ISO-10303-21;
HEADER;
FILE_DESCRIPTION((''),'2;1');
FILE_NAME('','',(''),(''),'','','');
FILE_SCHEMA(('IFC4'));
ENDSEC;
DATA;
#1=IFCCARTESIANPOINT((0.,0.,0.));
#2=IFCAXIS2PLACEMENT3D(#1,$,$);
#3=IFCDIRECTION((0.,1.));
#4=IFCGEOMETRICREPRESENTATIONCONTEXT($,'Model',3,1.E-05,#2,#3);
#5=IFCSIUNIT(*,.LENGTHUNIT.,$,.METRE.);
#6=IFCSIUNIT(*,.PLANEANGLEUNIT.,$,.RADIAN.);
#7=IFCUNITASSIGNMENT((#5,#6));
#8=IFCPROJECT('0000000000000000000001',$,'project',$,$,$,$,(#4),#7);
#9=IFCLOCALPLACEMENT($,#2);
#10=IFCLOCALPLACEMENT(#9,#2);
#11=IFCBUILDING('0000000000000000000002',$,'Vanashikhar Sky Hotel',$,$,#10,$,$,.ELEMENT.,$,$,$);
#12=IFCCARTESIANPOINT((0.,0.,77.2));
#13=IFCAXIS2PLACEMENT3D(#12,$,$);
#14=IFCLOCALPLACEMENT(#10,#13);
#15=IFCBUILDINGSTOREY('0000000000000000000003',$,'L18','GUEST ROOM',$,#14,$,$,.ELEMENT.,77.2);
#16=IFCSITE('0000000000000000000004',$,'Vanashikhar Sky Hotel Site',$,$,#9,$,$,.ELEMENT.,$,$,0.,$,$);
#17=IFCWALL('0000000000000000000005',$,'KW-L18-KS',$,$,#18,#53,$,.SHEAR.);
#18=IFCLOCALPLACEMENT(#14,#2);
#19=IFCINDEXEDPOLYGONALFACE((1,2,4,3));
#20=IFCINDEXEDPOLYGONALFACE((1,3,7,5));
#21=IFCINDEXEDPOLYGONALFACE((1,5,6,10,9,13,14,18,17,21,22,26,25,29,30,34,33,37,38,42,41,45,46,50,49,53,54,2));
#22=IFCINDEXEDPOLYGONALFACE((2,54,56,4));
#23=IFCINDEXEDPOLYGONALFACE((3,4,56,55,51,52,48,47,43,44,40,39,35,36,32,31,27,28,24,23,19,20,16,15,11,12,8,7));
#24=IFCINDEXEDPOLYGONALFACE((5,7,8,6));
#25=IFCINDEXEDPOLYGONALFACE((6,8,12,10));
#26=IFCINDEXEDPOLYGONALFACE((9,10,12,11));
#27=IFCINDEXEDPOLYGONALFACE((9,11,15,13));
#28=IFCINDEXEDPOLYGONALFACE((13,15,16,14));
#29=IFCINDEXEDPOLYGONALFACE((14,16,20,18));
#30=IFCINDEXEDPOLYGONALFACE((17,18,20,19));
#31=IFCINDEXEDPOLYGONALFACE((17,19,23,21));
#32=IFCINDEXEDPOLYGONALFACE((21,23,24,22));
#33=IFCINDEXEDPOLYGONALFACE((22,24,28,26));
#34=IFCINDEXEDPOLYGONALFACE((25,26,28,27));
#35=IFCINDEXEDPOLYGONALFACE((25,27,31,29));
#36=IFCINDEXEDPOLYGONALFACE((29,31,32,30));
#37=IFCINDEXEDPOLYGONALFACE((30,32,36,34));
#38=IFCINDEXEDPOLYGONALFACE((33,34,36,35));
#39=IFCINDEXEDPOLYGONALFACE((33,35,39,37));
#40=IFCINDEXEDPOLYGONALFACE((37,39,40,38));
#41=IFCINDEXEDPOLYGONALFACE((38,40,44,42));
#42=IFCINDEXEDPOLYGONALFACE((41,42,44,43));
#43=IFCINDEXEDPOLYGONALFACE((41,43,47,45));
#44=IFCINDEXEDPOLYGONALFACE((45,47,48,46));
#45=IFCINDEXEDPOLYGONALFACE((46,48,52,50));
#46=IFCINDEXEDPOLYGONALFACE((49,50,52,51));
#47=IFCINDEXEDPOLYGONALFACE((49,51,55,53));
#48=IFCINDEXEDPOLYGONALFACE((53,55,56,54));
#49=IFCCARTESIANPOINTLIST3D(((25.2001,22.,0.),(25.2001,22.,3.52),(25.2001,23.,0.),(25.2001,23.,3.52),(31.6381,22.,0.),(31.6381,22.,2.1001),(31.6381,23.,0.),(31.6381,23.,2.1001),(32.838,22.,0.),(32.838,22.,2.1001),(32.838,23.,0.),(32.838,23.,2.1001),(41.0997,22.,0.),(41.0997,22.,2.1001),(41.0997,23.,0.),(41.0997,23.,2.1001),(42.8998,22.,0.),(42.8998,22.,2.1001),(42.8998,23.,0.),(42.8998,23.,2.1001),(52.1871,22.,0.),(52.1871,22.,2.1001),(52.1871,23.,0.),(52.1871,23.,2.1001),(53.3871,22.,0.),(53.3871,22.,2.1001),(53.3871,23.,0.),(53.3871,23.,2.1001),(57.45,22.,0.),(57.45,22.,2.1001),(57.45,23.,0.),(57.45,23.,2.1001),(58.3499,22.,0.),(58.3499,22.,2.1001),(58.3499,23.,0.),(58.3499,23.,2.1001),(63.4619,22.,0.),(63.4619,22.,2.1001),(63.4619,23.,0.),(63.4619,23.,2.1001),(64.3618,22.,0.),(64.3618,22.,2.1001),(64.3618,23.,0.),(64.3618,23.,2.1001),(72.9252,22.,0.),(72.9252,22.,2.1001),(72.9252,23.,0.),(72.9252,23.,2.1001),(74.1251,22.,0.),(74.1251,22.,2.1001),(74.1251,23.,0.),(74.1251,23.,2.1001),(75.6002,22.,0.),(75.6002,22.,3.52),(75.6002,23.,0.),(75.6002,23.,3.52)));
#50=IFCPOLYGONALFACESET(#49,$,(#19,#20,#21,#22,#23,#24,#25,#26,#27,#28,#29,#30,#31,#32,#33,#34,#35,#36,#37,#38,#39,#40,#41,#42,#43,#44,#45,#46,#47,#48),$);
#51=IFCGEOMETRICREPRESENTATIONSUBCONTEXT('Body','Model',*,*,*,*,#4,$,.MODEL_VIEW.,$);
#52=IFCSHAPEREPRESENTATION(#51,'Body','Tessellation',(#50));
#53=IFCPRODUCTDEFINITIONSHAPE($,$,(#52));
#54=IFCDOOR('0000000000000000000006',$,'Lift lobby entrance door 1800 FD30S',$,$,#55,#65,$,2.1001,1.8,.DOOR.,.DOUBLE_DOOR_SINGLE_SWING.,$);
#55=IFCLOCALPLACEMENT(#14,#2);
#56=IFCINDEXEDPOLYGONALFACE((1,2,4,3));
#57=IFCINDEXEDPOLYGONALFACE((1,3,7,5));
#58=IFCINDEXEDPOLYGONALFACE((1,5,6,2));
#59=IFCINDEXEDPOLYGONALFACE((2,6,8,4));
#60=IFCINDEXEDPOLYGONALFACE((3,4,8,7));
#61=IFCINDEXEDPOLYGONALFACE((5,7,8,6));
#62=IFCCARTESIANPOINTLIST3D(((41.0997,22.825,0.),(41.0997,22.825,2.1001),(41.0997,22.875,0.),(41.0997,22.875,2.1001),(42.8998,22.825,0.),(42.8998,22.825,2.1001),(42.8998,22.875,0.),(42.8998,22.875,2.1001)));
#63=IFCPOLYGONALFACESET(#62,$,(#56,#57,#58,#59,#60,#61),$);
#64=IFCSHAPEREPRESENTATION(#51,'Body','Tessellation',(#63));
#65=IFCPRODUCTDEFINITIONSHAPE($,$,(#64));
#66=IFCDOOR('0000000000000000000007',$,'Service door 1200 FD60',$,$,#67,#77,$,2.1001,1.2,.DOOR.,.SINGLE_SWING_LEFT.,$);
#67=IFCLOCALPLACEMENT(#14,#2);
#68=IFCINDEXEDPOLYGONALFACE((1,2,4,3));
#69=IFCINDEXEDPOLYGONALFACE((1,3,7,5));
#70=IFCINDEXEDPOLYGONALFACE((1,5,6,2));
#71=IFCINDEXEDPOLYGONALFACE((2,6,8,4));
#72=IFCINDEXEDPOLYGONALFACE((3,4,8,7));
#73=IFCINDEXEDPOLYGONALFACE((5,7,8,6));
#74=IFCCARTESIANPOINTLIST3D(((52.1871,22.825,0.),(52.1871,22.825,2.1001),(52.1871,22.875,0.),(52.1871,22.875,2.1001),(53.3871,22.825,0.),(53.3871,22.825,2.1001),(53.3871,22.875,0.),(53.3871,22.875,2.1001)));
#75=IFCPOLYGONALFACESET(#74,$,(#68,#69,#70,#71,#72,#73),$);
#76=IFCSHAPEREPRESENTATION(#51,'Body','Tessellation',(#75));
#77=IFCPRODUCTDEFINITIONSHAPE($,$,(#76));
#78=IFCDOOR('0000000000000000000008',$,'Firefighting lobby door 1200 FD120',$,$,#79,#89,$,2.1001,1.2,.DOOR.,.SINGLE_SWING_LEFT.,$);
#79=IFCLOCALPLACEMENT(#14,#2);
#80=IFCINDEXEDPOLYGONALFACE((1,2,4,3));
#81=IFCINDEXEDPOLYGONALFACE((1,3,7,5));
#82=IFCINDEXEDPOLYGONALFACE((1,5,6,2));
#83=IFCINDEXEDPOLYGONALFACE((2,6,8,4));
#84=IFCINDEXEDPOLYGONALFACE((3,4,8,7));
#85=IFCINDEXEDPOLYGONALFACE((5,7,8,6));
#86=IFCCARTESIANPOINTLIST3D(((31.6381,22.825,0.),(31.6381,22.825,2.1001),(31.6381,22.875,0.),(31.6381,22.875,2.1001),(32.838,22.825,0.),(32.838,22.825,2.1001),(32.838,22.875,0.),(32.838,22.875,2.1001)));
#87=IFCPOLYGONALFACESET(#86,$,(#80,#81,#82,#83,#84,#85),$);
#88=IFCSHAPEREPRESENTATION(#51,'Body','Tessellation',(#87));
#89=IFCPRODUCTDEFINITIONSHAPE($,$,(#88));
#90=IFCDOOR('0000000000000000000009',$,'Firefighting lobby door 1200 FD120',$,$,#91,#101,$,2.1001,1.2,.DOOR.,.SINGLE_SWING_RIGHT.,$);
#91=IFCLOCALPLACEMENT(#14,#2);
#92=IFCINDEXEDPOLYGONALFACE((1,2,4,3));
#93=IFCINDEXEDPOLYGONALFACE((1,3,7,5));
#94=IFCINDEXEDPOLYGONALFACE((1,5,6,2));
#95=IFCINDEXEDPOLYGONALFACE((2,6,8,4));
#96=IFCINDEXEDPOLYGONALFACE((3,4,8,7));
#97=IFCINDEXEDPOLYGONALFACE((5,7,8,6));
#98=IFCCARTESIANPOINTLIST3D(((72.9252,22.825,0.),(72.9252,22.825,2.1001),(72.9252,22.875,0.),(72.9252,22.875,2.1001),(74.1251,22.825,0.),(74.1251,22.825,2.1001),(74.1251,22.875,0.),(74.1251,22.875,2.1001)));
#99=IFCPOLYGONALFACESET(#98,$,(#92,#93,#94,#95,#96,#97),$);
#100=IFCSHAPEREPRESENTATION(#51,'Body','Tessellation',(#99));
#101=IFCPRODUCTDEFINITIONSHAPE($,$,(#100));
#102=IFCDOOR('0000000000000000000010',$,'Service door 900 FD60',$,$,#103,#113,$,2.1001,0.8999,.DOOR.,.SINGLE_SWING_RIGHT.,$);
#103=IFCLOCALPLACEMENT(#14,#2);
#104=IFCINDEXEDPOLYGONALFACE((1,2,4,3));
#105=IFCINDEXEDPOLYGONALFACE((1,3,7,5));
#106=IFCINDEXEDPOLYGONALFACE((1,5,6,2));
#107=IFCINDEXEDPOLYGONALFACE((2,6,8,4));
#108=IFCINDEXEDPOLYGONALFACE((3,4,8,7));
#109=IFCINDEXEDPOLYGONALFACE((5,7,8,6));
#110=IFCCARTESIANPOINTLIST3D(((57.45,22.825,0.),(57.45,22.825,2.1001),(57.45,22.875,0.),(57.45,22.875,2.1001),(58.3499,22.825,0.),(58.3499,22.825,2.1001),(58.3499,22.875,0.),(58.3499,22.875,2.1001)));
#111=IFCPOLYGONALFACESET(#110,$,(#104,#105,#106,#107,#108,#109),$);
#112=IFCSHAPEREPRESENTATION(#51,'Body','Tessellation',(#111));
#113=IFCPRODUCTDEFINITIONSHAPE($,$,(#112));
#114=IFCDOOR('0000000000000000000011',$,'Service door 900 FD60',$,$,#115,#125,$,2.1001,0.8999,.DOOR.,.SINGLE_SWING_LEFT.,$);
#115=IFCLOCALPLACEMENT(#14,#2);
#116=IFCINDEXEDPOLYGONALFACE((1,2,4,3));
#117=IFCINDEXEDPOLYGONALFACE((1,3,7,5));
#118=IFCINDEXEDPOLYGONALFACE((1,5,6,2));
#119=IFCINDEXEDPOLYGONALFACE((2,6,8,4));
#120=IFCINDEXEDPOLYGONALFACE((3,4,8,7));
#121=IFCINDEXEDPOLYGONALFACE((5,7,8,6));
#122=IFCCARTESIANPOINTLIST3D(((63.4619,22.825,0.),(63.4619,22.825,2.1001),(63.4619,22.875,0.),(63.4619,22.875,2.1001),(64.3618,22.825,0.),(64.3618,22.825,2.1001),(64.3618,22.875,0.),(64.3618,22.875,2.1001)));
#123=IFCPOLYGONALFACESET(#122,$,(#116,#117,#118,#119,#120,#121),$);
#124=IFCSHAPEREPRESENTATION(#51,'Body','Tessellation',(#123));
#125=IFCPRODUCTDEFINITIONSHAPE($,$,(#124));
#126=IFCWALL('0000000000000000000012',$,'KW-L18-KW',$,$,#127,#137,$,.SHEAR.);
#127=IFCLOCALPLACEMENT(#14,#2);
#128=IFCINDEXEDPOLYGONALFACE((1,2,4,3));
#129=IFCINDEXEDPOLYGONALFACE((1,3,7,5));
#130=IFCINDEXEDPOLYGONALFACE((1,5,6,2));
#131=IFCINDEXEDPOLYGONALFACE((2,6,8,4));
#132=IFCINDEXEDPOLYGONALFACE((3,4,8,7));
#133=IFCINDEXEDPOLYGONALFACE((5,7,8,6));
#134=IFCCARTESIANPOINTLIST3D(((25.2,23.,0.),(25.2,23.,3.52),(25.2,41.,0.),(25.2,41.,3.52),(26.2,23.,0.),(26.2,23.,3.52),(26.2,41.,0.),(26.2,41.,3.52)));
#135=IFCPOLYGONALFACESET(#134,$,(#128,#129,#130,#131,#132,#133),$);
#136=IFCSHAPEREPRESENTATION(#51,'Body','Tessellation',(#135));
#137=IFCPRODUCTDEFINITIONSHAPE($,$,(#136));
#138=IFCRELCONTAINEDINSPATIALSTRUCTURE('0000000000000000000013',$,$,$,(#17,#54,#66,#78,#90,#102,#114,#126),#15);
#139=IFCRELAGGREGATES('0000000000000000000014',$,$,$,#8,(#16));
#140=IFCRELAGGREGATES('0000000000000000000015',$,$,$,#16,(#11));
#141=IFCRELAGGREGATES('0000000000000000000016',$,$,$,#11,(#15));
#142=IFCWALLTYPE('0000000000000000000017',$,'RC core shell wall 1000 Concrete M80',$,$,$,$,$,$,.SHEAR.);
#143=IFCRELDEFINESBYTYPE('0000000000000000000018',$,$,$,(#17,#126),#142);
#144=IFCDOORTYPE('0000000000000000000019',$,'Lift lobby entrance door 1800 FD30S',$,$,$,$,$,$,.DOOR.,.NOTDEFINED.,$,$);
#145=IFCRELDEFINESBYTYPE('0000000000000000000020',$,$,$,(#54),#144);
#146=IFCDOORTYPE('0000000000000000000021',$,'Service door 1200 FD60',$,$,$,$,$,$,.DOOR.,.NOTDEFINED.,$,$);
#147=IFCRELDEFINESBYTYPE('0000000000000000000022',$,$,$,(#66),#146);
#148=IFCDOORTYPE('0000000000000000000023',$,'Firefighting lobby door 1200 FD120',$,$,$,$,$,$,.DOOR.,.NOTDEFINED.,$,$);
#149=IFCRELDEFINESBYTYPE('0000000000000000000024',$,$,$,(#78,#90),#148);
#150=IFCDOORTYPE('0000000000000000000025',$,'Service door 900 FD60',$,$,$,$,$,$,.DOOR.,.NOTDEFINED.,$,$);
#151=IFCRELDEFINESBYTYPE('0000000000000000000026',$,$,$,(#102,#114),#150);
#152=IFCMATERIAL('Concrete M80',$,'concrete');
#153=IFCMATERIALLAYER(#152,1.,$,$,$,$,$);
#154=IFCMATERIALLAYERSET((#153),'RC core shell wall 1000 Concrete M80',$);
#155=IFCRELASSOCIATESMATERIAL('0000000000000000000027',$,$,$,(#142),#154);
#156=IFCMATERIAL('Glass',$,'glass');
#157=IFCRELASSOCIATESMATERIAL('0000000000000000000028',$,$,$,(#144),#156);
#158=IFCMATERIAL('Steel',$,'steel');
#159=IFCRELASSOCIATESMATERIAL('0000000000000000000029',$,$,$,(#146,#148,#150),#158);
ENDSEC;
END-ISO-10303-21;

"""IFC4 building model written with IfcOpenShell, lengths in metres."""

from ifc_helpers import new_model, si_unit, direction, frame, frame_2d, origin, place, context, subcontext, project, spatial, rectangle, extrude, source, transform, mapped, material, layer, layer_set, type_object, element, fill, save


model = new_model("IFC4")

# Units and contexts
model_context = context("Model", 3, precision=1e-05, world=origin(), true_north=direction((0.0, 1.0)))
body_context = subcontext(model_context, "Body", "Model", "MODEL_VIEW")
ifc_project = project(units=[si_unit("LENGTHUNIT", "METRE"), si_unit("PLANEANGLEUNIT", "RADIAN")], contexts=[model_context])

# Site, building, storey
site_placement = place(None, origin())
site = spatial("IfcSite", under=ifc_project, at=site_placement, Name="Vanashikhar Sky Hotel Site", CompositionType="ELEMENT", RefElevation=0.0)
building_placement = place(site_placement, origin())
building = spatial("IfcBuilding", under=site, at=building_placement, Name="Vanashikhar Sky Hotel", CompositionType="ELEMENT")
storey_placement = place(building_placement, frame((0.0, 0.0, 77.2)))
storey = spatial("IfcBuildingStorey", under=building, at=storey_placement, Name="L18", Description="GUEST ROOM", CompositionType="ELEMENT", Elevation=77.2)

# Wall, openings, doors
ifc_material_1 = material(Name="Concrete M80", Category="concrete")
ifc_layer_1 = layer(ifc_material_1, 1.0)
ifc_layer_set_1 = layer_set([ifc_layer_1], Name="RC core shell wall 1000 Concrete M80")
wall_type_1 = type_object("IfcWallType", Name="RC core shell wall 1000 Concrete M80", PredefinedType="SHEAR", material=ifc_layer_set_1)
shared_shape_1 = source(origin(), body_context, "Body", "SweptSolid", [
    extrude(rectangle(XDim=50.4001, YDim=1.0, at=frame_2d((25.2002, 0.0))), origin(), (0.0, 0.0, 1.0), 3.52),
])
wall_1_placement = place(storey_placement, frame((25.2, 22.5, 0.0), z_axis=(0.0, 0.0, 1.0), x_axis=(1.0, 0.0, 0.0)))
wall_1 = element("IfcWall", 1, at=wall_1_placement, inside=storey, type_object=wall_type_1, Name="KW-L18-KS", PredefinedType="SHEAR", context=body_context, shape_type="MappedRepresentation", body=[
    mapped(shared_shape_1, transform((0.0, 0.0, 0.0), scale=1.0)),
])
shared_shape_2 = source(origin(), body_context, "Body", "SweptSolid", [
    extrude(rectangle(XDim=1.8, YDim=2.1001, at=frame_2d((0.8999, 1.05))), frame((0.0, 0.51, 0.0), z_axis=(0.0, -1.0, 0.0), x_axis=(1.0, 0.0, 0.0)), (0.0, 0.0, 1.0), 1.02),
])
opening_1_placement = place(wall_1_placement, frame((15.8999, 0.0, 0.0)))
opening_1 = element("IfcOpeningElement", 2, at=opening_1_placement, cuts=wall_1, PredefinedType="OPENING", context=body_context, shape_type="MappedRepresentation", body=[
    mapped(shared_shape_2, transform((0.0, 0.0, 0.0), scale=1.0)),
])
shared_shape_3 = source(origin(), body_context, "Body", "SweptSolid", [
    extrude(rectangle(XDim=1.2, YDim=2.1001, at=frame_2d((0.6001, 1.05))), frame((0.0, 0.51, 0.0), z_axis=(0.0, -1.0, 0.0), x_axis=(1.0, 0.0, 0.0)), (0.0, 0.0, 1.0), 1.02),
])
opening_2_placement = place(wall_1_placement, frame((26.9871, 0.0, 0.0)))
opening_2 = element("IfcOpeningElement", 3, at=opening_2_placement, cuts=wall_1, PredefinedType="OPENING", context=body_context, shape_type="MappedRepresentation", body=[
    mapped(shared_shape_3, transform((0.0, 0.0, 0.0), scale=1.0)),
])
shared_shape_4 = source(origin(), body_context, "Body", "SweptSolid", [
    extrude(rectangle(XDim=0.8999, YDim=2.1001, at=frame_2d((0.45, 1.05))), frame((0.0, 0.51, 0.0), z_axis=(0.0, -1.0, 0.0), x_axis=(1.0, 0.0, 0.0)), (0.0, 0.0, 1.0), 1.02),
])
opening_3_placement = place(wall_1_placement, frame((32.25, 0.0, 0.0)))
opening_3 = element("IfcOpeningElement", 4, at=opening_3_placement, cuts=wall_1, PredefinedType="OPENING", context=body_context, shape_type="MappedRepresentation", body=[
    mapped(shared_shape_4, transform((0.0, 0.0, 0.0), scale=1.0)),
])
opening_4_placement = place(wall_1_placement, frame((38.262, 0.0, 0.0)))
opening_4 = element("IfcOpeningElement", 5, at=opening_4_placement, cuts=wall_1, PredefinedType="OPENING", context=body_context, shape_type="MappedRepresentation", body=[
    mapped(shared_shape_4, transform((0.0, 0.0, 0.0), scale=1.0)),
])
opening_5_placement = place(wall_1_placement, frame((6.438, 0.0, 0.0)))
opening_5 = element("IfcOpeningElement", 6, at=opening_5_placement, cuts=wall_1, PredefinedType="OPENING", context=body_context, shape_type="MappedRepresentation", body=[
    mapped(shared_shape_3, transform((0.0, 0.0, 0.0), scale=1.0)),
])
opening_6_placement = place(wall_1_placement, frame((47.7251, 0.0, 0.0)))
opening_6 = element("IfcOpeningElement", 7, at=opening_6_placement, cuts=wall_1, PredefinedType="OPENING", context=body_context, shape_type="MappedRepresentation", body=[
    mapped(shared_shape_3, transform((0.0, 0.0, 0.0), scale=1.0)),
])
ifc_material_2 = material(Name="Glass", Category="glass")
door_type_1 = type_object("IfcDoorType", Name="Lift lobby entrance door 1800 FD30S", OperationType="NOTDEFINED", PredefinedType="DOOR", material=ifc_material_2)
shared_shape_5 = source(origin(), body_context, "Body", "SweptSolid", [
    extrude(rectangle(XDim=1.8, YDim=2.1001, at=frame_2d((0.8999, 1.05))), frame((0.0, 0.375, 0.0), z_axis=(0.0, -1.0, 0.0), x_axis=(1.0, 0.0, 0.0)), (0.0, 0.0, 1.0), 0.05),
])
door_1_placement = place(opening_1_placement, origin())
door_1 = element("IfcDoor", 8, at=door_1_placement, inside=storey, type_object=door_type_1, Name="Lift lobby entrance door 1800 FD30S", OperationType="DOUBLE_DOOR_SINGLE_SWING", OverallHeight=2.1001, OverallWidth=1.8, PredefinedType="DOOR", context=body_context, shape_type="MappedRepresentation", body=[
    mapped(shared_shape_5, transform((0.0, 0.0, 0.0), scale=1.0)),
])
fill(opening_1, door_1)
ifc_material_3 = material(Name="Steel", Category="steel")
door_type_2 = type_object("IfcDoorType", Name="Service door 1200 FD60", OperationType="NOTDEFINED", PredefinedType="DOOR", material=ifc_material_3)
shared_shape_6 = source(origin(), body_context, "Body", "SweptSolid", [
    extrude(rectangle(XDim=1.2, YDim=2.1001, at=frame_2d((0.6001, 1.05))), frame((0.0, 0.375, 0.0), z_axis=(0.0, -1.0, 0.0), x_axis=(1.0, 0.0, 0.0)), (0.0, 0.0, 1.0), 0.05),
])
door_2_placement = place(opening_2_placement, origin())
door_2 = element("IfcDoor", 9, at=door_2_placement, inside=storey, type_object=door_type_2, Name="Service door 1200 FD60", OperationType="SINGLE_SWING_LEFT", OverallHeight=2.1001, OverallWidth=1.2, PredefinedType="DOOR", context=body_context, shape_type="MappedRepresentation", body=[
    mapped(shared_shape_6, transform((0.0, 0.0, 0.0), scale=1.0)),
])
fill(opening_2, door_2)
door_type_3 = type_object("IfcDoorType", Name="Firefighting lobby door 1200 FD120", OperationType="NOTDEFINED", PredefinedType="DOOR", material=ifc_material_3)
door_3_placement = place(opening_5_placement, origin())
door_3 = element("IfcDoor", 10, at=door_3_placement, inside=storey, type_object=door_type_3, Name="Firefighting lobby door 1200 FD120", OperationType="SINGLE_SWING_LEFT", OverallHeight=2.1001, OverallWidth=1.2, PredefinedType="DOOR", context=body_context, shape_type="MappedRepresentation", body=[
    mapped(shared_shape_6, transform((0.0, 0.0, 0.0), scale=1.0)),
])
fill(opening_5, door_3)
door_4_placement = place(opening_6_placement, origin())
door_4 = element("IfcDoor", 11, at=door_4_placement, inside=storey, type_object=door_type_3, Name="Firefighting lobby door 1200 FD120", OperationType="SINGLE_SWING_RIGHT", OverallHeight=2.1001, OverallWidth=1.2, PredefinedType="DOOR", context=body_context, shape_type="MappedRepresentation", body=[
    mapped(shared_shape_6, transform((0.0, 0.0, 0.0), scale=1.0)),
])
fill(opening_6, door_4)
door_type_4 = type_object("IfcDoorType", Name="Service door 900 FD60", OperationType="NOTDEFINED", PredefinedType="DOOR", material=ifc_material_3)
shared_shape_7 = source(origin(), body_context, "Body", "SweptSolid", [
    extrude(rectangle(XDim=0.8999, YDim=2.1001, at=frame_2d((0.45, 1.05))), frame((0.0, 0.375, 0.0), z_axis=(0.0, -1.0, 0.0), x_axis=(1.0, 0.0, 0.0)), (0.0, 0.0, 1.0), 0.05),
])
door_5_placement = place(opening_3_placement, origin())
door_5 = element("IfcDoor", 12, at=door_5_placement, inside=storey, type_object=door_type_4, Name="Service door 900 FD60", OperationType="SINGLE_SWING_RIGHT", OverallHeight=2.1001, OverallWidth=0.8999, PredefinedType="DOOR", context=body_context, shape_type="MappedRepresentation", body=[
    mapped(shared_shape_7, transform((0.0, 0.0, 0.0), scale=1.0)),
])
fill(opening_3, door_5)
door_6_placement = place(opening_4_placement, origin())
door_6 = element("IfcDoor", 13, at=door_6_placement, inside=storey, type_object=door_type_4, Name="Service door 900 FD60", OperationType="SINGLE_SWING_LEFT", OverallHeight=2.1001, OverallWidth=0.8999, PredefinedType="DOOR", context=body_context, shape_type="MappedRepresentation", body=[
    mapped(shared_shape_7, transform((0.0, 0.0, 0.0), scale=1.0)),
])
fill(opening_4, door_6)

# Wall
shared_shape_8 = source(origin(), body_context, "Body", "SweptSolid", [
    extrude(rectangle(XDim=18.0, YDim=1.0, at=frame_2d((9.0, 0.0))), origin(), (0.0, 0.0, 1.0), 3.52),
])
wall_2_placement = place(storey_placement, frame((25.7, 23.0, 0.0), z_axis=(0.0, 0.0, 1.0), x_axis=(0.0, 1.0, 0.0)))
element("IfcWall", 14, at=wall_2_placement, inside=storey, type_object=wall_type_1, Name="KW-L18-KW", PredefinedType="SHEAR", context=body_context, shape_type="MappedRepresentation", body=[
    mapped(shared_shape_8, transform((0.0, 0.0, 0.0), scale=1.0)),
])

save(model, "model.ifc")
